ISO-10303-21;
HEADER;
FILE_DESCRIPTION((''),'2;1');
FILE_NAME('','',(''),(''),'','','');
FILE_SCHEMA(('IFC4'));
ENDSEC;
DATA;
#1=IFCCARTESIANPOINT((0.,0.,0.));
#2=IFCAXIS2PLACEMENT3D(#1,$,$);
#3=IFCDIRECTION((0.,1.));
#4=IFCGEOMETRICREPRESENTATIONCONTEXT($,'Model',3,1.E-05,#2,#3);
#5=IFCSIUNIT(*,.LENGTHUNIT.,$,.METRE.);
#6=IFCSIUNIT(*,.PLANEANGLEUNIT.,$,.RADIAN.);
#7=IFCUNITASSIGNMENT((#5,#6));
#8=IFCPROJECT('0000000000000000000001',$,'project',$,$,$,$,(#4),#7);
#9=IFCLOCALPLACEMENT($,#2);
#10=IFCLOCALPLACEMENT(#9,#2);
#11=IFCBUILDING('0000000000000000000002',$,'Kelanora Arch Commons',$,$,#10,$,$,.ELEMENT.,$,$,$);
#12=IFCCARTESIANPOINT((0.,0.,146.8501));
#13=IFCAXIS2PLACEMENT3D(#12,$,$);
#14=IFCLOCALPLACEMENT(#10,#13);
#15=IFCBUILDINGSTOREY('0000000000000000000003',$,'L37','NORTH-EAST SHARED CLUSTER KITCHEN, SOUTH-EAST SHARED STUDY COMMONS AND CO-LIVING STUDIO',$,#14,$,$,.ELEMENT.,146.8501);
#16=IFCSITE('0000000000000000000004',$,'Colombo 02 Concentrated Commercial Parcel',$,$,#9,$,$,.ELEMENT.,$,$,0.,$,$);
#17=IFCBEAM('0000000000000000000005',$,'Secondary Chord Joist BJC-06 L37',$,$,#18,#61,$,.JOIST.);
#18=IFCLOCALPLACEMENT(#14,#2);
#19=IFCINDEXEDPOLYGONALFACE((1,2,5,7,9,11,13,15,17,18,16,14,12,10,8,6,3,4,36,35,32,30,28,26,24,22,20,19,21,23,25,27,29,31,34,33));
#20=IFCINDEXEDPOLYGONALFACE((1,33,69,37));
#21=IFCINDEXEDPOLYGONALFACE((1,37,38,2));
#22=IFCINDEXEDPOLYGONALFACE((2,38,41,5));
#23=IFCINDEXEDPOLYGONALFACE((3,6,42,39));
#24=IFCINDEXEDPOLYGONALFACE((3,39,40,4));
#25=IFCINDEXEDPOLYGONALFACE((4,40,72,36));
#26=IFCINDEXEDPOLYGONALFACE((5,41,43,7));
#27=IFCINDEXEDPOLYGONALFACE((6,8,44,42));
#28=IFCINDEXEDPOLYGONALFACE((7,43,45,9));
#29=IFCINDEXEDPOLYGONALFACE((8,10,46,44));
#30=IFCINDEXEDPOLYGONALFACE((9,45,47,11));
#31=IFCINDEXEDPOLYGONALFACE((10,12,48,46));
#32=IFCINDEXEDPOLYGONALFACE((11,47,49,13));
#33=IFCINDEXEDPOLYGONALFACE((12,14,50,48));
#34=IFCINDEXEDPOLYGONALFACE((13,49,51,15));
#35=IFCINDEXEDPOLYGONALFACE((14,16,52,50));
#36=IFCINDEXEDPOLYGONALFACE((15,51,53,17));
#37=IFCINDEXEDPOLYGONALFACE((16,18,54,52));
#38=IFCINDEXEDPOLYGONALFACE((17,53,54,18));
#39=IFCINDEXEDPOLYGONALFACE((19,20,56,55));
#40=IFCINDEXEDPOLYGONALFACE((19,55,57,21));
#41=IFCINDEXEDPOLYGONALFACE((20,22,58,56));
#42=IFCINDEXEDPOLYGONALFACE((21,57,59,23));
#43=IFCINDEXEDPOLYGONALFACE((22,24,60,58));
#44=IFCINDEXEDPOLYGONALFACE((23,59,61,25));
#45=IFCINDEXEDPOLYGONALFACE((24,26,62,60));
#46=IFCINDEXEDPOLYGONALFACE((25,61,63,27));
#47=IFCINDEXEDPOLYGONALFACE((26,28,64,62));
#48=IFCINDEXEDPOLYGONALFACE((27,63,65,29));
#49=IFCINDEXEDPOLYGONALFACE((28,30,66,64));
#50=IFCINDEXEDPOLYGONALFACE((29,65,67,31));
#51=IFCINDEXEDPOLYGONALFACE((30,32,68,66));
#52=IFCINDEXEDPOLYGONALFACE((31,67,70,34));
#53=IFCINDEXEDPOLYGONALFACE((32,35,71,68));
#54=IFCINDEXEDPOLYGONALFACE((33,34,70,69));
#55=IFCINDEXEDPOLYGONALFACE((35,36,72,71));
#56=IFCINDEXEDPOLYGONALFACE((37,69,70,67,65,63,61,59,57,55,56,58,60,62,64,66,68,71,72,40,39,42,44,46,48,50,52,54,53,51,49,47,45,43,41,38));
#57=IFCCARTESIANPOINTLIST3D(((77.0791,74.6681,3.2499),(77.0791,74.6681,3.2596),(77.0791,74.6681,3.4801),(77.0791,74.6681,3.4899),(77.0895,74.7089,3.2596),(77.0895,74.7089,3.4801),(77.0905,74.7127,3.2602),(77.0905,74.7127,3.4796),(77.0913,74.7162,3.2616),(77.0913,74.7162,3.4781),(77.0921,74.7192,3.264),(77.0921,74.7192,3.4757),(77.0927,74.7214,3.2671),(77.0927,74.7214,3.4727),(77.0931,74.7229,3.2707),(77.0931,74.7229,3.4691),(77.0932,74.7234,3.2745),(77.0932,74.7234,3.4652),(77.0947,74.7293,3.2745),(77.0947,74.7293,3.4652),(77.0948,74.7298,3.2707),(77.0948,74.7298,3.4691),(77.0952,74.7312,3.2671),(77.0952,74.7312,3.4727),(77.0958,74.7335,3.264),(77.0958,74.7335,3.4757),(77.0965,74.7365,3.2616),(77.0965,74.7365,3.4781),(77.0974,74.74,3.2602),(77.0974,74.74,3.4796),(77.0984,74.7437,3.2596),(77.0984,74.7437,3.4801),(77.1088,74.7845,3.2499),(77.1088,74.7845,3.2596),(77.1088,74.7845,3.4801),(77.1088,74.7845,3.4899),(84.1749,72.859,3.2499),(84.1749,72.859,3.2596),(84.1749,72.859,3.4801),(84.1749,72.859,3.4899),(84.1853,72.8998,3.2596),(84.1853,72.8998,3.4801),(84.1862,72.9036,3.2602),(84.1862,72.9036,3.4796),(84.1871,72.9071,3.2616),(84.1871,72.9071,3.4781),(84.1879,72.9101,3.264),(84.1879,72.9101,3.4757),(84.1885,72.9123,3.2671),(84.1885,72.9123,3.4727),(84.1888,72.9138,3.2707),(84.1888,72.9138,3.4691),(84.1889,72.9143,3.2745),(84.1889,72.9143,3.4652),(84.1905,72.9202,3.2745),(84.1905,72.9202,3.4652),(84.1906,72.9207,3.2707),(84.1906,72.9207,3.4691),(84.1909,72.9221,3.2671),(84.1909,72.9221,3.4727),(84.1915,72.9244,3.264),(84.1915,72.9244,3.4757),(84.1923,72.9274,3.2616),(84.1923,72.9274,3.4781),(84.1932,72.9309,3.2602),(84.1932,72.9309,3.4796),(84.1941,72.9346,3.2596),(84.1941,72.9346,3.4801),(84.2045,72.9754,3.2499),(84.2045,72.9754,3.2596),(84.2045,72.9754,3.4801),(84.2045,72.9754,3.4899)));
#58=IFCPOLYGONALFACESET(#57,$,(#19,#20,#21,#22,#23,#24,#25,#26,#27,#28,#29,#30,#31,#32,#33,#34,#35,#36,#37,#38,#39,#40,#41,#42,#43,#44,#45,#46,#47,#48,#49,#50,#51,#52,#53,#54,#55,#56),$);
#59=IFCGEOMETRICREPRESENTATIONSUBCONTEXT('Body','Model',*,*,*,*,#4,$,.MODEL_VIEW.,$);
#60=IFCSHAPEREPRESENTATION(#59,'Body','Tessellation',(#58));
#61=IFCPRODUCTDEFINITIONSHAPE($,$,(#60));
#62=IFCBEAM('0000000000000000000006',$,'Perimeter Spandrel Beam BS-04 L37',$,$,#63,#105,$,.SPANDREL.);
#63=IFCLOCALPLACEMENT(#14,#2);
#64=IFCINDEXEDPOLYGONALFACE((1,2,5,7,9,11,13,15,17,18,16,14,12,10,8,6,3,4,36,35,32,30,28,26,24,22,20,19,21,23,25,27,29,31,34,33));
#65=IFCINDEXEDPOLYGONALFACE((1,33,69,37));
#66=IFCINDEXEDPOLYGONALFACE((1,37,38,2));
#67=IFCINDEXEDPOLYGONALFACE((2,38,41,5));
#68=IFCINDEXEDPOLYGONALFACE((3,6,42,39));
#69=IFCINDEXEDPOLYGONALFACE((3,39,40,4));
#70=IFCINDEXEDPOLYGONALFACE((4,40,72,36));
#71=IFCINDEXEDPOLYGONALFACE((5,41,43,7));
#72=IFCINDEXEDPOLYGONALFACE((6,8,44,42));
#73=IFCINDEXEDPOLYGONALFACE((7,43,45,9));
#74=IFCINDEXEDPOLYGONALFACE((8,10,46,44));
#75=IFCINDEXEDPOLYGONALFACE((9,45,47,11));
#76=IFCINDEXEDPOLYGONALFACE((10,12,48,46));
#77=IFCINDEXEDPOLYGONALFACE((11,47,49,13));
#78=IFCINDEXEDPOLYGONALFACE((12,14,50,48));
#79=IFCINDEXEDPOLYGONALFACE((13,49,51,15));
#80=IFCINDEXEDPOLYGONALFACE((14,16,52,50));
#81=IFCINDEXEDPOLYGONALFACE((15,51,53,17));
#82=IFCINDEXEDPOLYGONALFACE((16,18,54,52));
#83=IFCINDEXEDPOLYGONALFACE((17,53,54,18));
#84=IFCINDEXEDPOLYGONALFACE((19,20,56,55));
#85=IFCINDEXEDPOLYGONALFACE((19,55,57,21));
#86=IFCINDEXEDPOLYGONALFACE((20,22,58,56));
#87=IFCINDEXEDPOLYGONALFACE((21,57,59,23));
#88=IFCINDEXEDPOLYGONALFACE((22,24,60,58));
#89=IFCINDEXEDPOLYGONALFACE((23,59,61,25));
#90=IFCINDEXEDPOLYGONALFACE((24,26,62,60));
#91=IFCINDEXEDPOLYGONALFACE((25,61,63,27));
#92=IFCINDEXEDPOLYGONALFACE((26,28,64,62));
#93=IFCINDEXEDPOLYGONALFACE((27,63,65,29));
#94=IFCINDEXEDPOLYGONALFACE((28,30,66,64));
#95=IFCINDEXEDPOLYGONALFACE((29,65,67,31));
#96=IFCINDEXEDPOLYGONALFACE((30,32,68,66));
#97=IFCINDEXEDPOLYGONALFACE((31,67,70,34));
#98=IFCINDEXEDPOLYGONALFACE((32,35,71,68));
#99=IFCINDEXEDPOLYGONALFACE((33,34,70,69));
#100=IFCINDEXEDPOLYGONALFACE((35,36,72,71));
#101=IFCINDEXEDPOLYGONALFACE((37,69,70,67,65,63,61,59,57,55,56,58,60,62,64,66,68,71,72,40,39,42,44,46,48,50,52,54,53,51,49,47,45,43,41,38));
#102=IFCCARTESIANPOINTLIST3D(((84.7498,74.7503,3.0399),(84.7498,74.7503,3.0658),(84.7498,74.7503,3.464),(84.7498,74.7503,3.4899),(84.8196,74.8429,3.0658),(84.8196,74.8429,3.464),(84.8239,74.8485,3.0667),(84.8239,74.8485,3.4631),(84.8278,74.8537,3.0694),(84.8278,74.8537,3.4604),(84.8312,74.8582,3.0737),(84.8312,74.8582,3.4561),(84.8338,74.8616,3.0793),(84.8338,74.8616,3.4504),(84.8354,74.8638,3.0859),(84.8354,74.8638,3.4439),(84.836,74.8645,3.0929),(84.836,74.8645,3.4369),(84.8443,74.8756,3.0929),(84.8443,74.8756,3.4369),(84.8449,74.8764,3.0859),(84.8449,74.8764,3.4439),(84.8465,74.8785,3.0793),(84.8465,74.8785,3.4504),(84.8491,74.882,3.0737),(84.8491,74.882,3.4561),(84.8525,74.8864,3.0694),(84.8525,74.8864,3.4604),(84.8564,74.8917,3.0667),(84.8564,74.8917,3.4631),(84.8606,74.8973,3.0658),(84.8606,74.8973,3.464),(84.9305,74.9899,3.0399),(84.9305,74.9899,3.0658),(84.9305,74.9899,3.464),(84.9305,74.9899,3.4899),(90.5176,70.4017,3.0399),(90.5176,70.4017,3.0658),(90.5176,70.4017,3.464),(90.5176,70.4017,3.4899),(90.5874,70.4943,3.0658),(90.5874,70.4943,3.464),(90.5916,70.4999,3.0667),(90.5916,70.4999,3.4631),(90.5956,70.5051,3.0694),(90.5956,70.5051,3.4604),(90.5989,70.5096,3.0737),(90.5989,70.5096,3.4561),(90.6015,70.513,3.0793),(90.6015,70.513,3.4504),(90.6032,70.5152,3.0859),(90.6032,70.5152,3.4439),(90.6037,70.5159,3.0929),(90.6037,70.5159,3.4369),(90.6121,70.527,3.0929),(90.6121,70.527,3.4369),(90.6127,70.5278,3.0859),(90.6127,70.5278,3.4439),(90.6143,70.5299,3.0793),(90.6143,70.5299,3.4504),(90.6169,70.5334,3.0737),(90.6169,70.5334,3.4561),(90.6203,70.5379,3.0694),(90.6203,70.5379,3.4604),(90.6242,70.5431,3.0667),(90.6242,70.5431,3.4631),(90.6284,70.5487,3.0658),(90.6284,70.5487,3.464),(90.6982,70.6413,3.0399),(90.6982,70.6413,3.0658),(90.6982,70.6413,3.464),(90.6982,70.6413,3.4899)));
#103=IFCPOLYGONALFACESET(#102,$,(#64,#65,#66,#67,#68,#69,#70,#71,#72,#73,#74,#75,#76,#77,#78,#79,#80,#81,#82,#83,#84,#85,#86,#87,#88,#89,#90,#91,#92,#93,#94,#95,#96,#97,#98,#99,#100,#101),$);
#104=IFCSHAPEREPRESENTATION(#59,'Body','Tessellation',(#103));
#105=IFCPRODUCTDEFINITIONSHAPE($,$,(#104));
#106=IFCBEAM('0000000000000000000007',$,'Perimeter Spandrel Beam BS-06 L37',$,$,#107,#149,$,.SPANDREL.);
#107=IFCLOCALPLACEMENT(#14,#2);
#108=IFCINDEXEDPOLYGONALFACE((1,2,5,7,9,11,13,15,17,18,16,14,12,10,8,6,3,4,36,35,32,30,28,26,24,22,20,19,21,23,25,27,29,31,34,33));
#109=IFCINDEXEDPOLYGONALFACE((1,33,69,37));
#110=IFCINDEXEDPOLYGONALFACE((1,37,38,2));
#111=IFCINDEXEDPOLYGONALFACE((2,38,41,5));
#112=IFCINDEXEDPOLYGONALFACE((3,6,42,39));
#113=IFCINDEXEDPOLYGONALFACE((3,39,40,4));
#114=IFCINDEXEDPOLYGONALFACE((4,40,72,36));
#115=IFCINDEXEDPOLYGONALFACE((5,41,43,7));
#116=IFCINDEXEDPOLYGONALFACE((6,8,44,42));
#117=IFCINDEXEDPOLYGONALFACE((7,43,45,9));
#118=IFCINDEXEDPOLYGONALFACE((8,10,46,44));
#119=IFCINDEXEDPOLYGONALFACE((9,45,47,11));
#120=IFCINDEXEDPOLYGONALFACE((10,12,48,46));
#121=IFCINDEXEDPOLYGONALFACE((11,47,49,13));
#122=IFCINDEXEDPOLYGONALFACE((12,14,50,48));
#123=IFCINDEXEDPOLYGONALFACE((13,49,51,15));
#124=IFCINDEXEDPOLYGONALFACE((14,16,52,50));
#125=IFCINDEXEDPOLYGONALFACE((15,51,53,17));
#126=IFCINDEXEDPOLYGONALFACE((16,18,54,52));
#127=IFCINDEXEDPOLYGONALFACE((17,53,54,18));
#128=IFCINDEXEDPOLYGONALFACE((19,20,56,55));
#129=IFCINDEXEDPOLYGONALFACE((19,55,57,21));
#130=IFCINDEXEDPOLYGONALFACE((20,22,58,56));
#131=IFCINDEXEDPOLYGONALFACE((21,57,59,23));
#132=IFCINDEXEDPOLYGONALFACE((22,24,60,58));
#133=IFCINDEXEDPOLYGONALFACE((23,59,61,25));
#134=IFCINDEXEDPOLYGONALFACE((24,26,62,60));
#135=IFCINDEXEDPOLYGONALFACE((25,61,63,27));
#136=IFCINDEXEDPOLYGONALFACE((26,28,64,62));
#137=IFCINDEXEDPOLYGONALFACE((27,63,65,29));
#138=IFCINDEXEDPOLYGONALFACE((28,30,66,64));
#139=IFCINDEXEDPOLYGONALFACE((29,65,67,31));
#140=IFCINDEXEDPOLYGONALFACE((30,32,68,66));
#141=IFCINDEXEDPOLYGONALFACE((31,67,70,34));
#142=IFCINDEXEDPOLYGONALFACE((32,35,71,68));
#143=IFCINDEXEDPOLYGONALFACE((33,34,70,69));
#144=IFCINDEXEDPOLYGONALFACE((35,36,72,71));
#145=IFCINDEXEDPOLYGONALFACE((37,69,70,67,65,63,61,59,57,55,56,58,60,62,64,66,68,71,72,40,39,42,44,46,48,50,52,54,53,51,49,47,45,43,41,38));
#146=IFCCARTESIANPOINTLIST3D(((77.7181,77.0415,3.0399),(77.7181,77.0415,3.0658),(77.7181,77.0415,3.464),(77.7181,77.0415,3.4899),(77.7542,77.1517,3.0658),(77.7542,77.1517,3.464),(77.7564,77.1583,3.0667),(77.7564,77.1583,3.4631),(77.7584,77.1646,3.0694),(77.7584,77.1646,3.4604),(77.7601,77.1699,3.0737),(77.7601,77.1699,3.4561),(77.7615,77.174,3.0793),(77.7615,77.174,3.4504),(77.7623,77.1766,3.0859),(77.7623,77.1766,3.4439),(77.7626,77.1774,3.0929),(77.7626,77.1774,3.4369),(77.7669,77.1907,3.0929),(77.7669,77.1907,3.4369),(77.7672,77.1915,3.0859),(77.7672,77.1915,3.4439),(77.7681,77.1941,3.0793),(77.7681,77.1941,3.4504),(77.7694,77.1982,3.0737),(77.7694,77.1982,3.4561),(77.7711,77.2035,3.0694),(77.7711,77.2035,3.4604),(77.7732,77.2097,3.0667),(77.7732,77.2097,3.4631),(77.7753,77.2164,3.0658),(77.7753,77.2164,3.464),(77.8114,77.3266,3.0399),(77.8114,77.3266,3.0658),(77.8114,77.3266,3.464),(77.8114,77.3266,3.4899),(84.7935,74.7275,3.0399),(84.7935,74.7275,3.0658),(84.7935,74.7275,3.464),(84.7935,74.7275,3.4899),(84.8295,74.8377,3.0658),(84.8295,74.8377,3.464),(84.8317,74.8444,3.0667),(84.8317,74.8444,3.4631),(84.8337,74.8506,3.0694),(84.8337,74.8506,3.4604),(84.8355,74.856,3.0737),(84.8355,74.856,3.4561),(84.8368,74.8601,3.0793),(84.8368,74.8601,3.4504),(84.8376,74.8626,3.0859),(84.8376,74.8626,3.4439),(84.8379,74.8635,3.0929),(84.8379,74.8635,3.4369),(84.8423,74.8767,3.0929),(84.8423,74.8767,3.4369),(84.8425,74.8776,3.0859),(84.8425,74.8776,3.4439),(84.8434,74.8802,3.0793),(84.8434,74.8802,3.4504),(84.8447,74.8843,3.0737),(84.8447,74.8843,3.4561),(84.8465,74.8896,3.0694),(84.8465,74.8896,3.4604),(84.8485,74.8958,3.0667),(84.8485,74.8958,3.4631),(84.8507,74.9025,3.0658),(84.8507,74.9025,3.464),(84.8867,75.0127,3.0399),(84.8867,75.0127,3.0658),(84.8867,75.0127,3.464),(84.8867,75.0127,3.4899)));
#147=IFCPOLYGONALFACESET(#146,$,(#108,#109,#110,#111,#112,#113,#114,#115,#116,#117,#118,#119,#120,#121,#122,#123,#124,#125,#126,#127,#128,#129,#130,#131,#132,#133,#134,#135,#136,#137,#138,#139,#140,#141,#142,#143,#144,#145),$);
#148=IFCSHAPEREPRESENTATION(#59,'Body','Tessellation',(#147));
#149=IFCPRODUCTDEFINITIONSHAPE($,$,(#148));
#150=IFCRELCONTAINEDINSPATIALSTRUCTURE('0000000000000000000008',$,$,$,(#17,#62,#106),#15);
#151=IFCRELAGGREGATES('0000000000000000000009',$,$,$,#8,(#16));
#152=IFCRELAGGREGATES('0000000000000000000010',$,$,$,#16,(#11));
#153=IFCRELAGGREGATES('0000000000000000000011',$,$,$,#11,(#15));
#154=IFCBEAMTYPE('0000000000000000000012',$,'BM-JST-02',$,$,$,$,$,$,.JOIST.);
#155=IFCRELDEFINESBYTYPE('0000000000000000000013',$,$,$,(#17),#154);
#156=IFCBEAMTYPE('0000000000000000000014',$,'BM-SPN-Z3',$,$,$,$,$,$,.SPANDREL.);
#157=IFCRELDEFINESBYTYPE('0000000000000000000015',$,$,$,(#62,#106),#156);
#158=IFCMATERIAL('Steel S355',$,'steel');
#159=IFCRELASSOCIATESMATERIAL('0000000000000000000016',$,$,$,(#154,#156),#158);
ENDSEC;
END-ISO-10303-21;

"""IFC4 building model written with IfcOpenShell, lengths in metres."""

from ifc_helpers import new_model, si_unit, direction, frame, origin, origin_2d, place, context, subcontext, project, spatial, i_section, extrude, material, material_profile, profile_set, type_object, element, save


model = new_model("IFC4")

# Units and contexts
model_context = context("Model", 3, precision=1e-05, world=origin(), true_north=direction((0.0, 1.0)))
body_context = subcontext(model_context, "Body", "Model", "MODEL_VIEW")
ifc_project = project(units=[si_unit("LENGTHUNIT", "METRE"), si_unit("PLANEANGLEUNIT", "RADIAN")], contexts=[model_context])

# Site, building, storey
site_placement = place(None, origin())
site = spatial("IfcSite", under=ifc_project, at=site_placement, Name="Colombo 02 Concentrated Commercial Parcel", CompositionType="ELEMENT", RefElevation=0.0)
building_placement = place(site_placement, origin())
building = spatial("IfcBuilding", under=site, at=building_placement, Name="Kelanora Arch Commons", CompositionType="ELEMENT")
storey_placement = place(building_placement, frame((0.0, 0.0, 146.8501)))
storey = spatial("IfcBuildingStorey", under=building, at=storey_placement, Name="L37", Description="NORTH-EAST SHARED CLUSTER KITCHEN, SOUTH-EAST SHARED STUDY COMMONS AND CO-LIVING STUDIO", CompositionType="ELEMENT", Elevation=146.8501)

# Beams
ifc_material_1 = material(Name="Steel S355", Category="steel")
ifc_material_profile_1 = material_profile(ifc_material_1, i_section(OverallWidth=0.1201, OverallDepth=0.24, WebThickness=0.0061, FlangeThickness=0.0098, FilletRadius=0.0149, at=origin_2d()), Name="IPE240")
ifc_profile_set_1 = profile_set([ifc_material_profile_1], Name="Steel S355")
beam_type_1 = type_object("IfcBeamType", Name="BM-JST-02", PredefinedType="JOIST", material=ifc_profile_set_1)
beam_1_placement = place(storey_placement, frame((84.1897, 72.9172, 3.3699), z_axis=(-0.969002, 0.247052, 0.0), x_axis=(-0.247052, -0.969002, 0.0)))
element("IfcBeam", 1, at=beam_1_placement, inside=storey, type_object=beam_type_1, Name="Secondary Chord Joist BJC-06 L37", PredefinedType="JOIST", context=body_context, shape_type="SweptSolid", body=[
    extrude(i_section(OverallWidth=0.1201, OverallDepth=0.24, WebThickness=0.0061, FlangeThickness=0.0098, FilletRadius=0.0149, at=origin_2d()), origin(), (0.0, 0.0, 1.0), 7.3228),
])
ifc_material_profile_2 = material_profile(ifc_material_1, i_section(OverallWidth=0.3, OverallDepth=0.45, WebThickness=0.0139, FlangeThickness=0.0259, FilletRadius=0.0271, at=origin_2d()), Name="HEB450")
ifc_profile_set_2 = profile_set([ifc_material_profile_2], Name="Steel S355")
beam_type_2 = type_object("IfcBeamType", Name="BM-SPN-Z3", PredefinedType="SPANDREL", material=ifc_profile_set_2)
beam_2_placement = place(storey_placement, frame((90.6079, 70.5215, 3.2649), z_axis=(-0.798485, 0.602015, 0.0), x_axis=(-0.602015, -0.798485, 0.0)))
element("IfcBeam", 2, at=beam_2_placement, inside=storey, type_object=beam_type_2, Name="Perimeter Spandrel Beam BS-04 L37", PredefinedType="SPANDREL", context=body_context, shape_type="SweptSolid", body=[
    extrude(i_section(OverallWidth=0.3, OverallDepth=0.45, WebThickness=0.0139, FlangeThickness=0.0259, FilletRadius=0.0271, at=origin_2d()), origin(), (0.0, 0.0, 1.0), 7.2234),
])
beam_3_placement = place(storey_placement, frame((84.8401, 74.8701, 3.2649), z_axis=(-0.950462, 0.310841, 0.0), x_axis=(-0.310841, -0.950462, 0.0)))
element("IfcBeam", 3, at=beam_3_placement, inside=storey, type_object=beam_type_2, Name="Perimeter Spandrel Beam BS-06 L37", PredefinedType="SPANDREL", context=body_context, shape_type="SweptSolid", body=[
    extrude(i_section(OverallWidth=0.3, OverallDepth=0.45, WebThickness=0.0139, FlangeThickness=0.0259, FilletRadius=0.0271, at=origin_2d()), origin(), (0.0, 0.0, 1.0), 7.4441),
])

save(model, "model.ifc")
